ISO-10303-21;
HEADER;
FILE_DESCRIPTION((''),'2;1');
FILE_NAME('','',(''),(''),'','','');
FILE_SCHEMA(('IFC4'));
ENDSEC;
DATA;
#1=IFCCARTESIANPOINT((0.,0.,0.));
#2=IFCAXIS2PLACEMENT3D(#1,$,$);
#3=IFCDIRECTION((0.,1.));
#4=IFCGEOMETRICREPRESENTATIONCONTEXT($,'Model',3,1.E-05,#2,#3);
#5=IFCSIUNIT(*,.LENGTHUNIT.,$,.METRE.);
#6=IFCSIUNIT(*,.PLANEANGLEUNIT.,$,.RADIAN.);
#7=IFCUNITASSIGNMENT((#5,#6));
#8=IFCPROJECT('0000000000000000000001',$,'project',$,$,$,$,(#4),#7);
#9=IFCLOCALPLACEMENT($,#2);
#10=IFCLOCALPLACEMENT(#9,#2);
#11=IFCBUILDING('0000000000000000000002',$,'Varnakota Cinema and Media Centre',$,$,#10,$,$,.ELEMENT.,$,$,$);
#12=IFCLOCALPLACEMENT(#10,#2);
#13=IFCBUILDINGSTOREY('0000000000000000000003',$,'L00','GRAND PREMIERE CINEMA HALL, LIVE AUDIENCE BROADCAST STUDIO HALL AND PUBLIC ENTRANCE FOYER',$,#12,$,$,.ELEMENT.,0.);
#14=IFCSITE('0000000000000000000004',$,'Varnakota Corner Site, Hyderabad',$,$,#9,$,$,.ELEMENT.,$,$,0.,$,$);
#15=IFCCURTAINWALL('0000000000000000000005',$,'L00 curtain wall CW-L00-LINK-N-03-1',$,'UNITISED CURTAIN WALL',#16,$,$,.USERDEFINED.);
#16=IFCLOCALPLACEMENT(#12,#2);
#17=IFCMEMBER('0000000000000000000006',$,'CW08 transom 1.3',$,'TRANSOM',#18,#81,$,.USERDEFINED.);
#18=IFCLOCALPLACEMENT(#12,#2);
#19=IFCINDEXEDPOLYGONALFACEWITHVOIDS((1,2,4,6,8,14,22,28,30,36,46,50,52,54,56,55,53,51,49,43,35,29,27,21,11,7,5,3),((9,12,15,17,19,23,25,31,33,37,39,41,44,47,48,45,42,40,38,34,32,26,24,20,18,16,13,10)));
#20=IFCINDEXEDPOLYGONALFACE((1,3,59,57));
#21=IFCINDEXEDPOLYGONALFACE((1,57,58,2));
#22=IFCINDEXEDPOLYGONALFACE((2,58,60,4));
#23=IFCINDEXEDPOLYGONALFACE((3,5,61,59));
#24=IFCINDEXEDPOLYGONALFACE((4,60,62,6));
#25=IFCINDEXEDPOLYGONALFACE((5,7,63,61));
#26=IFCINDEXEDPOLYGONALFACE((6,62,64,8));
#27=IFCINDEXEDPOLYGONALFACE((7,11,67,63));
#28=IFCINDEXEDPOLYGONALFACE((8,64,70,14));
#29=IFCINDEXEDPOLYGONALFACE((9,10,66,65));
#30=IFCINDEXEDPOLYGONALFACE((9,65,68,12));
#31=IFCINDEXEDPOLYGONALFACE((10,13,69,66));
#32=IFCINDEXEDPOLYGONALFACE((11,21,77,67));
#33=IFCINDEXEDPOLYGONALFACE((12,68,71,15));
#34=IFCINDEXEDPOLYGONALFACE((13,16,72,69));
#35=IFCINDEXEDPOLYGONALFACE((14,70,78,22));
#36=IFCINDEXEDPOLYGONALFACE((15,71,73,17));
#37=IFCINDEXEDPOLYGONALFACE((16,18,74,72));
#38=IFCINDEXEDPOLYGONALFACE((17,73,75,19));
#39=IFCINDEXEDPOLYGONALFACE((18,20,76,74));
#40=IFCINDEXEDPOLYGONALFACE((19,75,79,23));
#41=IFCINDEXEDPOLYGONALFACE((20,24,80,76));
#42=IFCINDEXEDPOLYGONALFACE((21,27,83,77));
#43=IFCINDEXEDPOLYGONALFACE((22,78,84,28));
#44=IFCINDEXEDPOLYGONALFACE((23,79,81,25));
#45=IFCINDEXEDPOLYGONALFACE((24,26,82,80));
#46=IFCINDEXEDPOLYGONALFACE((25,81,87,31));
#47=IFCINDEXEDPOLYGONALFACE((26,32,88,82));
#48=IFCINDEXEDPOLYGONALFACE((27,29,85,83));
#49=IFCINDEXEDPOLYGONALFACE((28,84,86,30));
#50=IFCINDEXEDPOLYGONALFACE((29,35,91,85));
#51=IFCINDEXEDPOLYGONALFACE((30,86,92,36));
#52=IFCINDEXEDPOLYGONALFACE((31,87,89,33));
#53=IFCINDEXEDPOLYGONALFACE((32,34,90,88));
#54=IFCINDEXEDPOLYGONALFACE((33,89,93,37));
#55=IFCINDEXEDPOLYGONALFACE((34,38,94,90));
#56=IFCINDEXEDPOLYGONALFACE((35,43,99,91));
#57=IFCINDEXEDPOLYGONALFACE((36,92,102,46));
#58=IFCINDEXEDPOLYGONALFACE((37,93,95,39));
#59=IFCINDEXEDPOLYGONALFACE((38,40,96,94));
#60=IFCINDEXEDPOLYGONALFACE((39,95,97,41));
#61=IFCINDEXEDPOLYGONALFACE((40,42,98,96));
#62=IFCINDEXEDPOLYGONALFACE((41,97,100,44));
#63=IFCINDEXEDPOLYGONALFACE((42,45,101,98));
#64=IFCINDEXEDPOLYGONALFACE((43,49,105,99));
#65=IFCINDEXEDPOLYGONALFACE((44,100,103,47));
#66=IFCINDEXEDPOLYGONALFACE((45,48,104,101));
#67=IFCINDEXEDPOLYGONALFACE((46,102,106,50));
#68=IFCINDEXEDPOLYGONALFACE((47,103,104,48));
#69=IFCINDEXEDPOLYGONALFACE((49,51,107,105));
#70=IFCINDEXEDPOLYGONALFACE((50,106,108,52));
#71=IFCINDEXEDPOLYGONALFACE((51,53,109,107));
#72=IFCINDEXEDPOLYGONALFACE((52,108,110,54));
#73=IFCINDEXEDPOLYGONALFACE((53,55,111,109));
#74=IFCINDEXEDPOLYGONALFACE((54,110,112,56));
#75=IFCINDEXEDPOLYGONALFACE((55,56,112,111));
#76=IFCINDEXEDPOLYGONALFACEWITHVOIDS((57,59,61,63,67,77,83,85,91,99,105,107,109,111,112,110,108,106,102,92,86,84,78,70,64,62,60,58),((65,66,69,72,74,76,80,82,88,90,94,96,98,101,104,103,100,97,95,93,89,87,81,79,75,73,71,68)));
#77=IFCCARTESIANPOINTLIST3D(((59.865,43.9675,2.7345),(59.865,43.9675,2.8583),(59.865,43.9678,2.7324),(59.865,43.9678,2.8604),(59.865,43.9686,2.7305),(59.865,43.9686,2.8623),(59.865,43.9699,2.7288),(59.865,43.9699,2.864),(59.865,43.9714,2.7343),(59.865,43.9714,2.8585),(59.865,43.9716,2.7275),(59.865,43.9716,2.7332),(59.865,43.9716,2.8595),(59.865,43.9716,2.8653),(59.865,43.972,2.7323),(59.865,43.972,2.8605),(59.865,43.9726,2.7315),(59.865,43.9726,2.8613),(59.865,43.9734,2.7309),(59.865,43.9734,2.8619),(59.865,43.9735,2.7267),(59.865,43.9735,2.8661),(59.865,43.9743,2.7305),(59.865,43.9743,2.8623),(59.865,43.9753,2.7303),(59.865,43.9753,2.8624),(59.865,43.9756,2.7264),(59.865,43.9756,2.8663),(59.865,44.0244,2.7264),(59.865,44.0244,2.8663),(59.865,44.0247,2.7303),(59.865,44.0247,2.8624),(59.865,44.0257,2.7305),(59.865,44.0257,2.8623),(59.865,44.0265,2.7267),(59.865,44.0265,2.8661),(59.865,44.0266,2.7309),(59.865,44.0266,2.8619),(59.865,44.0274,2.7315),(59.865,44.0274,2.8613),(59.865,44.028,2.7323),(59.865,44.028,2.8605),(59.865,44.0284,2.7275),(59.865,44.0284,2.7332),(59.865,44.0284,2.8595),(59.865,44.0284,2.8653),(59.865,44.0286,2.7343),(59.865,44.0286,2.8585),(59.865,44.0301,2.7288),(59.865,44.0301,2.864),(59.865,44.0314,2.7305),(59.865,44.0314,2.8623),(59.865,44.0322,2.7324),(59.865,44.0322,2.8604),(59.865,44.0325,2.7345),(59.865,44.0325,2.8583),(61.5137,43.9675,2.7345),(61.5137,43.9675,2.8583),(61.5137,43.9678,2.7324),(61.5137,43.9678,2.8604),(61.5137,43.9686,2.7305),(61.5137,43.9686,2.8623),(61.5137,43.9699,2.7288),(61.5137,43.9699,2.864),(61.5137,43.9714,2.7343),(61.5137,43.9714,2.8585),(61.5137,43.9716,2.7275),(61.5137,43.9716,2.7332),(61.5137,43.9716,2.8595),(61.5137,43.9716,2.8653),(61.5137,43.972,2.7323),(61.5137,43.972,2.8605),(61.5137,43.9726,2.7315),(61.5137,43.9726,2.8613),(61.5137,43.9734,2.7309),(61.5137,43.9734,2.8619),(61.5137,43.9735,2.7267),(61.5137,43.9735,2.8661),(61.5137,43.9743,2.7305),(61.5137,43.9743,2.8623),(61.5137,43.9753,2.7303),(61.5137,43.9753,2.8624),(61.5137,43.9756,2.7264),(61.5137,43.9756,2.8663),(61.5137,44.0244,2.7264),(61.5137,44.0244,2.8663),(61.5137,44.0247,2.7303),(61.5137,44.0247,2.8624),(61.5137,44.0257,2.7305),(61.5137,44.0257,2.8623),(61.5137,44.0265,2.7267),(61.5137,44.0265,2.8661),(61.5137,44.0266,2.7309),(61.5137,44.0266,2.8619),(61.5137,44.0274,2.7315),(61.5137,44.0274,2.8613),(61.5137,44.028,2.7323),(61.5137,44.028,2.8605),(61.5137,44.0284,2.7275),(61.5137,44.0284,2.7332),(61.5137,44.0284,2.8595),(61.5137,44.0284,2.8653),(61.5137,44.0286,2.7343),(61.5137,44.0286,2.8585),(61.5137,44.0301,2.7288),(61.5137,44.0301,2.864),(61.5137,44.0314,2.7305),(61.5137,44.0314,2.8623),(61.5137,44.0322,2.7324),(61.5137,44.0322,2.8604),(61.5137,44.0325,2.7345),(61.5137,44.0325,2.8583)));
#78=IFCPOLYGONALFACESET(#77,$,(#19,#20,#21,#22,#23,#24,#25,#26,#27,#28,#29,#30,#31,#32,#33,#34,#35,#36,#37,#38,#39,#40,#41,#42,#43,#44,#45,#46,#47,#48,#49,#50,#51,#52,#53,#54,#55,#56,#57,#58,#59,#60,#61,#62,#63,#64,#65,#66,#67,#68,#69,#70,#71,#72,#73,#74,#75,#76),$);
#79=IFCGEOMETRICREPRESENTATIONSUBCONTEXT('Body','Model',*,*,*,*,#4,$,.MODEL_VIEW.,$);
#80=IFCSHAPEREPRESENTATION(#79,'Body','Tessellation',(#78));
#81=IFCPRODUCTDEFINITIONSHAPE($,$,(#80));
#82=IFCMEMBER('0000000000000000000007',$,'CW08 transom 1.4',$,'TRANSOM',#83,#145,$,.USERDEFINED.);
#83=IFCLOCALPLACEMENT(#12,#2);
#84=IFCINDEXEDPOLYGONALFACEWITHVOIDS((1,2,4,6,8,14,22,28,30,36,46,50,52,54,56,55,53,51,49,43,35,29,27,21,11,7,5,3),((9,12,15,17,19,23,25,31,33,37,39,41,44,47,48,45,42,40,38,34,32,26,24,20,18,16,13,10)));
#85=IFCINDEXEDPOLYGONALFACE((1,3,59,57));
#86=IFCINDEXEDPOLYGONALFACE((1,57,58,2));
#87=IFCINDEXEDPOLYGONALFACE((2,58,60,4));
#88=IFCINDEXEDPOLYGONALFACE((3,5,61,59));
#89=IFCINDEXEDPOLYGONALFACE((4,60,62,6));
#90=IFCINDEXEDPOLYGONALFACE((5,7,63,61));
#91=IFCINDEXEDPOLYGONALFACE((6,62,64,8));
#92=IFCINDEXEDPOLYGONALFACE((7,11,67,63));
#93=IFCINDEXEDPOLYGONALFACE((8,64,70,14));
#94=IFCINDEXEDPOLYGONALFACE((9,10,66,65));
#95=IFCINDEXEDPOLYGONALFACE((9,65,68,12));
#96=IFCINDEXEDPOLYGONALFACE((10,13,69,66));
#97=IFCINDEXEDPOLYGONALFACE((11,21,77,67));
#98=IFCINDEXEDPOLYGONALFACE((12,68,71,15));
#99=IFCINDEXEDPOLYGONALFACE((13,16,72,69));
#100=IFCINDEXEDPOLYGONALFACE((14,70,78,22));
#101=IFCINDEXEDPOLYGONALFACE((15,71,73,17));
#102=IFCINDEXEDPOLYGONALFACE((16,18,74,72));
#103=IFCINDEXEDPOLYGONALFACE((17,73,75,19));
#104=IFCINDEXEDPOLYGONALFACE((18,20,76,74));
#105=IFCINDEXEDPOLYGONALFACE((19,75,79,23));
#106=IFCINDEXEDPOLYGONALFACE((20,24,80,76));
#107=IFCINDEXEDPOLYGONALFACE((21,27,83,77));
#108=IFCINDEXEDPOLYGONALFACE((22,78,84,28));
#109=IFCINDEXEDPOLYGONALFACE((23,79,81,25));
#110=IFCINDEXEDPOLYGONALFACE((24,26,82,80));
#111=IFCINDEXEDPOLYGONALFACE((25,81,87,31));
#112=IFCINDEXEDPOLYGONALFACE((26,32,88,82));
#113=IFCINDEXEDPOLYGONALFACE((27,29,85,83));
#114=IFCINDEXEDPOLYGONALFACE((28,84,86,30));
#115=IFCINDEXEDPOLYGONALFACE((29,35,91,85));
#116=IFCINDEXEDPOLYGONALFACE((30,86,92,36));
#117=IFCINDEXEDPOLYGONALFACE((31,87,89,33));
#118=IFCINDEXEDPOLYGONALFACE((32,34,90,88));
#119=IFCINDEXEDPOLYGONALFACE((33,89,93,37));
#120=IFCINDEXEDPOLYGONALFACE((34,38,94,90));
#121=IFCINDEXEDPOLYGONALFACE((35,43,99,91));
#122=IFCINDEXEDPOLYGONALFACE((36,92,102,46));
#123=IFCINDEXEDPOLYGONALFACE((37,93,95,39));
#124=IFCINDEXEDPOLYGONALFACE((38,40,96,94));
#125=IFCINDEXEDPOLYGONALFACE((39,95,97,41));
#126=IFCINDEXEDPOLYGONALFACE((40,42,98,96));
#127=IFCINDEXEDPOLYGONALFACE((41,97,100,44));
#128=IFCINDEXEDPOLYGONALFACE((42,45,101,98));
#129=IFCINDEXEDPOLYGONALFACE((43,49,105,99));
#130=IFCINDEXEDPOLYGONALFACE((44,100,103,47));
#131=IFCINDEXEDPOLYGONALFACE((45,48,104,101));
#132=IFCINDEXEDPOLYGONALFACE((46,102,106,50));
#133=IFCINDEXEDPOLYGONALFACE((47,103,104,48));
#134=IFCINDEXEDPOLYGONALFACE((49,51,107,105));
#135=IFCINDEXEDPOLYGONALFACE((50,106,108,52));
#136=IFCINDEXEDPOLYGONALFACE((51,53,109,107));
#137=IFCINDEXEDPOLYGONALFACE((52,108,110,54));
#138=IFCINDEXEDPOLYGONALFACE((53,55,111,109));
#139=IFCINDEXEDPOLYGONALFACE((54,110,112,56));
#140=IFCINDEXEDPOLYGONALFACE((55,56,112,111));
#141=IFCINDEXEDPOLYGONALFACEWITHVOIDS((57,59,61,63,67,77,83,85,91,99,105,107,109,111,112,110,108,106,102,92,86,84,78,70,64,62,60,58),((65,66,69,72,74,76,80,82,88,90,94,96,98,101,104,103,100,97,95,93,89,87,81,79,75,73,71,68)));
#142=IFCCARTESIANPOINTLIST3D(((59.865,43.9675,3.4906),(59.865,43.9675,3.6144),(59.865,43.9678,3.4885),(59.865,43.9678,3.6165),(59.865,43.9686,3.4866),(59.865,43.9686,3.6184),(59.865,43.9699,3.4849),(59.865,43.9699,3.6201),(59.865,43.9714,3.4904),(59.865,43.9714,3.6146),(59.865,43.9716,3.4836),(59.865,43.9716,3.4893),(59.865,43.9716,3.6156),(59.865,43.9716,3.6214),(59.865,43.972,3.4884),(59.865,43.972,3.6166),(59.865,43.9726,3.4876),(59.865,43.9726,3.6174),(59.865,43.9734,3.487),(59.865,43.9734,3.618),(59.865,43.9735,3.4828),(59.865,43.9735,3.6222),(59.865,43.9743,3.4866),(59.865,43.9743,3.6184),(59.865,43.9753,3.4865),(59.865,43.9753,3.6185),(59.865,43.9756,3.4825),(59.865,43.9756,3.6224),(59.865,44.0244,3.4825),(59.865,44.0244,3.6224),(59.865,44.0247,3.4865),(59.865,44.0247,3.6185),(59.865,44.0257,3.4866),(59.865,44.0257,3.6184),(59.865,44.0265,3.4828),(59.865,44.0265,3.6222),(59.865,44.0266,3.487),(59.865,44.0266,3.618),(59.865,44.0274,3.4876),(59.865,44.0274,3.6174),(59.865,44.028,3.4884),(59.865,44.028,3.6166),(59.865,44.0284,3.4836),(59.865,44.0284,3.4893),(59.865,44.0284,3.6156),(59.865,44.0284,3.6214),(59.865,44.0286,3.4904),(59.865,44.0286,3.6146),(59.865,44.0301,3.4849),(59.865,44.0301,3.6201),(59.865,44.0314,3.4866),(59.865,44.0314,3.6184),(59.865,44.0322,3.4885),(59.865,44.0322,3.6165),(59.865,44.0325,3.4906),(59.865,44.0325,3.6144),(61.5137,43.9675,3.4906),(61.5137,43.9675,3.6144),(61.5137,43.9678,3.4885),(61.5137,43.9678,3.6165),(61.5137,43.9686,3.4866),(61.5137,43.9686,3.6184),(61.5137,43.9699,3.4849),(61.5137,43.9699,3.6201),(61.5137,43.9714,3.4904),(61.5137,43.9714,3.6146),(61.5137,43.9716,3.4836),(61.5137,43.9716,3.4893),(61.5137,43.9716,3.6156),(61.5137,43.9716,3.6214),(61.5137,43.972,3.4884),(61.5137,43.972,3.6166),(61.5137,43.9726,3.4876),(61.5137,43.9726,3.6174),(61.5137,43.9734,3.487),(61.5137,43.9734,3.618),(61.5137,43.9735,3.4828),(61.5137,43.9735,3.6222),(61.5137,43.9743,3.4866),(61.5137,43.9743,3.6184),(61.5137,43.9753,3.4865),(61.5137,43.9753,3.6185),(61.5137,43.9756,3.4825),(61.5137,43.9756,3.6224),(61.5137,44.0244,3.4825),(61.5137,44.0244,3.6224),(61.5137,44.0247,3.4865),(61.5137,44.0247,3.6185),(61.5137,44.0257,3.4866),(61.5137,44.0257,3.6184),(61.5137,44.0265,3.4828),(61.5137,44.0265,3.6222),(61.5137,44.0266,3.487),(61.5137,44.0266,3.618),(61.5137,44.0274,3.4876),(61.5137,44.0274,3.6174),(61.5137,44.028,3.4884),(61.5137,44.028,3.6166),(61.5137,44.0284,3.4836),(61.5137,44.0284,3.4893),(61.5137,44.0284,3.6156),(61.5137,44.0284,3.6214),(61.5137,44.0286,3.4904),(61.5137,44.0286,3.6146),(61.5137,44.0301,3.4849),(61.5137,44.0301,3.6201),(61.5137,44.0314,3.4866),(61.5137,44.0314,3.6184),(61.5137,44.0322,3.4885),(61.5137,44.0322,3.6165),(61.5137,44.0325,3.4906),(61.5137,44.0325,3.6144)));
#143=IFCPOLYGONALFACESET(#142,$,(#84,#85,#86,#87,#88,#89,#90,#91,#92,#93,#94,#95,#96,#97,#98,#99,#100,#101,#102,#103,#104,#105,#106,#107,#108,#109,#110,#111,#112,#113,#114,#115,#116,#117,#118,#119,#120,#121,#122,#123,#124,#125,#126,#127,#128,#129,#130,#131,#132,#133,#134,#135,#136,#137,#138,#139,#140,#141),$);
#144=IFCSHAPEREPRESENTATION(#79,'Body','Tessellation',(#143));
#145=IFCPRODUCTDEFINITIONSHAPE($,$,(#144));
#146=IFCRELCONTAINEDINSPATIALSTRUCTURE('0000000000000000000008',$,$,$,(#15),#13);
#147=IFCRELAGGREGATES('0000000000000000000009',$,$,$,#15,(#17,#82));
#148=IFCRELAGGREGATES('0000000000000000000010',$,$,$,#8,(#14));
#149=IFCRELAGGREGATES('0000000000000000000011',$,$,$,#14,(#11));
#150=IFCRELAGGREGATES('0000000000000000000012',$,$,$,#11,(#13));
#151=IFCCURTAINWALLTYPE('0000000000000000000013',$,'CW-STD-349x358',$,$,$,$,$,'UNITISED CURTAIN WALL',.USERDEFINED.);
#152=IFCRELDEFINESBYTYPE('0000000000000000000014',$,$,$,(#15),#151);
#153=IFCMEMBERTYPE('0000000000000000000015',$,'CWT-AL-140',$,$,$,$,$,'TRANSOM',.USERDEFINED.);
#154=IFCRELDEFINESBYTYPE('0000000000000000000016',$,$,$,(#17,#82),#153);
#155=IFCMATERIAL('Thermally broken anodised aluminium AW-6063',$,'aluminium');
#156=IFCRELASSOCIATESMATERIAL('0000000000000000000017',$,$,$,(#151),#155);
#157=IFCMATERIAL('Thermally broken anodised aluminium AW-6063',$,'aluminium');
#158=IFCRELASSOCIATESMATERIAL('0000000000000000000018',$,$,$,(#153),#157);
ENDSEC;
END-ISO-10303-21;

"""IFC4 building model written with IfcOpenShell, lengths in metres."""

from ifc_helpers import new_model, si_unit, direction, frame, origin, origin_2d, place, context, subcontext, project, spatial, hollow_rectangle, extrude, material, material_profile, profile_set, type_object, element, aggregate, save


model = new_model("IFC4")

# Units and contexts
model_context = context("Model", 3, precision=1e-05, world=origin(), true_north=direction((0.0, 1.0)))
body_context = subcontext(model_context, "Body", "Model", "MODEL_VIEW")
ifc_project = project(units=[si_unit("LENGTHUNIT", "METRE"), si_unit("PLANEANGLEUNIT", "RADIAN")], contexts=[model_context])

# Site, building, storey
site_placement = place(None, origin())
site = spatial("IfcSite", under=ifc_project, at=site_placement, Name="Varnakota Corner Site, Hyderabad", CompositionType="ELEMENT", RefElevation=0.0)
building_placement = place(site_placement, origin())
building = spatial("IfcBuilding", under=site, at=building_placement, Name="Varnakota Cinema and Media Centre", CompositionType="ELEMENT")
storey_placement = place(building_placement, origin())
storey = spatial("IfcBuildingStorey", under=building, at=storey_placement, Name="L00", Description="GRAND PREMIERE CINEMA HALL, LIVE AUDIENCE BROADCAST STUDIO HALL AND PUBLIC ENTRANCE FOYER", CompositionType="ELEMENT", Elevation=0.0)

# Shared definitions
ifc_material_1 = material(Name="Thermally broken anodised aluminium AW-6063", Category="aluminium")
curtain_wall_type = type_object("IfcCurtainWallType", Name="CW-STD-349x358", ElementType="UNITISED CURTAIN WALL", PredefinedType="USERDEFINED", material=ifc_material_1)

# Curtain wall
curtain_wall_1_placement = place(storey_placement, origin())
curtain_wall_1 = element("IfcCurtainWall", 1, at=curtain_wall_1_placement, inside=storey, type_object=curtain_wall_type, Name="L00 curtain wall CW-L00-LINK-N-03-1", ObjectType="UNITISED CURTAIN WALL", PredefinedType="USERDEFINED")

# Members
ifc_material_2 = material(Name="Thermally broken anodised aluminium AW-6063", Category="aluminium")
ifc_material_profile_1 = material_profile(ifc_material_2, hollow_rectangle(XDim=0.0649, YDim=0.1399, WallThickness=0.0039, InnerFilletRadius=0.0039, OuterFilletRadius=0.0081, at=origin_2d()), Name="AL-TRANSOM 140x65x4")
ifc_profile_set_1 = profile_set([ifc_material_profile_1], Name="Thermally broken anodised aluminium AW-6063")
member_type_1 = type_object("IfcMemberType", Name="CWT-AL-140", ElementType="TRANSOM", PredefinedType="USERDEFINED", material=ifc_profile_set_1)
member_1_placement = place(storey_placement, frame((59.865, 44.0, 2.7964), z_axis=(1.0, 0.0, 0.0), x_axis=(0.0, 1.0, 0.0)))
member_1 = element("IfcMember", 2, at=member_1_placement, type_object=member_type_1, Name="CW08 transom 1.3", ObjectType="TRANSOM", PredefinedType="USERDEFINED", context=body_context, shape_type="SweptSolid", body=[
    extrude(hollow_rectangle(XDim=0.0649, YDim=0.1399, WallThickness=0.0039, InnerFilletRadius=0.0039, OuterFilletRadius=0.0081, at=origin_2d()), origin(), (0.0, 0.0, 1.0), 1.6487),
])
member_2_placement = place(storey_placement, frame((59.865, 44.0, 3.5525), z_axis=(1.0, 0.0, 0.0), x_axis=(0.0, 1.0, 0.0)))
member_2 = element("IfcMember", 3, at=member_2_placement, type_object=member_type_1, Name="CW08 transom 1.4", ObjectType="TRANSOM", PredefinedType="USERDEFINED", context=body_context, shape_type="SweptSolid", body=[
    extrude(hollow_rectangle(XDim=0.0649, YDim=0.1399, WallThickness=0.0039, InnerFilletRadius=0.0039, OuterFilletRadius=0.0081, at=origin_2d()), origin(), (0.0, 0.0, 1.0), 1.6487),
])

aggregate(curtain_wall_1, [member_1, member_2])

save(model, "model.ifc")
